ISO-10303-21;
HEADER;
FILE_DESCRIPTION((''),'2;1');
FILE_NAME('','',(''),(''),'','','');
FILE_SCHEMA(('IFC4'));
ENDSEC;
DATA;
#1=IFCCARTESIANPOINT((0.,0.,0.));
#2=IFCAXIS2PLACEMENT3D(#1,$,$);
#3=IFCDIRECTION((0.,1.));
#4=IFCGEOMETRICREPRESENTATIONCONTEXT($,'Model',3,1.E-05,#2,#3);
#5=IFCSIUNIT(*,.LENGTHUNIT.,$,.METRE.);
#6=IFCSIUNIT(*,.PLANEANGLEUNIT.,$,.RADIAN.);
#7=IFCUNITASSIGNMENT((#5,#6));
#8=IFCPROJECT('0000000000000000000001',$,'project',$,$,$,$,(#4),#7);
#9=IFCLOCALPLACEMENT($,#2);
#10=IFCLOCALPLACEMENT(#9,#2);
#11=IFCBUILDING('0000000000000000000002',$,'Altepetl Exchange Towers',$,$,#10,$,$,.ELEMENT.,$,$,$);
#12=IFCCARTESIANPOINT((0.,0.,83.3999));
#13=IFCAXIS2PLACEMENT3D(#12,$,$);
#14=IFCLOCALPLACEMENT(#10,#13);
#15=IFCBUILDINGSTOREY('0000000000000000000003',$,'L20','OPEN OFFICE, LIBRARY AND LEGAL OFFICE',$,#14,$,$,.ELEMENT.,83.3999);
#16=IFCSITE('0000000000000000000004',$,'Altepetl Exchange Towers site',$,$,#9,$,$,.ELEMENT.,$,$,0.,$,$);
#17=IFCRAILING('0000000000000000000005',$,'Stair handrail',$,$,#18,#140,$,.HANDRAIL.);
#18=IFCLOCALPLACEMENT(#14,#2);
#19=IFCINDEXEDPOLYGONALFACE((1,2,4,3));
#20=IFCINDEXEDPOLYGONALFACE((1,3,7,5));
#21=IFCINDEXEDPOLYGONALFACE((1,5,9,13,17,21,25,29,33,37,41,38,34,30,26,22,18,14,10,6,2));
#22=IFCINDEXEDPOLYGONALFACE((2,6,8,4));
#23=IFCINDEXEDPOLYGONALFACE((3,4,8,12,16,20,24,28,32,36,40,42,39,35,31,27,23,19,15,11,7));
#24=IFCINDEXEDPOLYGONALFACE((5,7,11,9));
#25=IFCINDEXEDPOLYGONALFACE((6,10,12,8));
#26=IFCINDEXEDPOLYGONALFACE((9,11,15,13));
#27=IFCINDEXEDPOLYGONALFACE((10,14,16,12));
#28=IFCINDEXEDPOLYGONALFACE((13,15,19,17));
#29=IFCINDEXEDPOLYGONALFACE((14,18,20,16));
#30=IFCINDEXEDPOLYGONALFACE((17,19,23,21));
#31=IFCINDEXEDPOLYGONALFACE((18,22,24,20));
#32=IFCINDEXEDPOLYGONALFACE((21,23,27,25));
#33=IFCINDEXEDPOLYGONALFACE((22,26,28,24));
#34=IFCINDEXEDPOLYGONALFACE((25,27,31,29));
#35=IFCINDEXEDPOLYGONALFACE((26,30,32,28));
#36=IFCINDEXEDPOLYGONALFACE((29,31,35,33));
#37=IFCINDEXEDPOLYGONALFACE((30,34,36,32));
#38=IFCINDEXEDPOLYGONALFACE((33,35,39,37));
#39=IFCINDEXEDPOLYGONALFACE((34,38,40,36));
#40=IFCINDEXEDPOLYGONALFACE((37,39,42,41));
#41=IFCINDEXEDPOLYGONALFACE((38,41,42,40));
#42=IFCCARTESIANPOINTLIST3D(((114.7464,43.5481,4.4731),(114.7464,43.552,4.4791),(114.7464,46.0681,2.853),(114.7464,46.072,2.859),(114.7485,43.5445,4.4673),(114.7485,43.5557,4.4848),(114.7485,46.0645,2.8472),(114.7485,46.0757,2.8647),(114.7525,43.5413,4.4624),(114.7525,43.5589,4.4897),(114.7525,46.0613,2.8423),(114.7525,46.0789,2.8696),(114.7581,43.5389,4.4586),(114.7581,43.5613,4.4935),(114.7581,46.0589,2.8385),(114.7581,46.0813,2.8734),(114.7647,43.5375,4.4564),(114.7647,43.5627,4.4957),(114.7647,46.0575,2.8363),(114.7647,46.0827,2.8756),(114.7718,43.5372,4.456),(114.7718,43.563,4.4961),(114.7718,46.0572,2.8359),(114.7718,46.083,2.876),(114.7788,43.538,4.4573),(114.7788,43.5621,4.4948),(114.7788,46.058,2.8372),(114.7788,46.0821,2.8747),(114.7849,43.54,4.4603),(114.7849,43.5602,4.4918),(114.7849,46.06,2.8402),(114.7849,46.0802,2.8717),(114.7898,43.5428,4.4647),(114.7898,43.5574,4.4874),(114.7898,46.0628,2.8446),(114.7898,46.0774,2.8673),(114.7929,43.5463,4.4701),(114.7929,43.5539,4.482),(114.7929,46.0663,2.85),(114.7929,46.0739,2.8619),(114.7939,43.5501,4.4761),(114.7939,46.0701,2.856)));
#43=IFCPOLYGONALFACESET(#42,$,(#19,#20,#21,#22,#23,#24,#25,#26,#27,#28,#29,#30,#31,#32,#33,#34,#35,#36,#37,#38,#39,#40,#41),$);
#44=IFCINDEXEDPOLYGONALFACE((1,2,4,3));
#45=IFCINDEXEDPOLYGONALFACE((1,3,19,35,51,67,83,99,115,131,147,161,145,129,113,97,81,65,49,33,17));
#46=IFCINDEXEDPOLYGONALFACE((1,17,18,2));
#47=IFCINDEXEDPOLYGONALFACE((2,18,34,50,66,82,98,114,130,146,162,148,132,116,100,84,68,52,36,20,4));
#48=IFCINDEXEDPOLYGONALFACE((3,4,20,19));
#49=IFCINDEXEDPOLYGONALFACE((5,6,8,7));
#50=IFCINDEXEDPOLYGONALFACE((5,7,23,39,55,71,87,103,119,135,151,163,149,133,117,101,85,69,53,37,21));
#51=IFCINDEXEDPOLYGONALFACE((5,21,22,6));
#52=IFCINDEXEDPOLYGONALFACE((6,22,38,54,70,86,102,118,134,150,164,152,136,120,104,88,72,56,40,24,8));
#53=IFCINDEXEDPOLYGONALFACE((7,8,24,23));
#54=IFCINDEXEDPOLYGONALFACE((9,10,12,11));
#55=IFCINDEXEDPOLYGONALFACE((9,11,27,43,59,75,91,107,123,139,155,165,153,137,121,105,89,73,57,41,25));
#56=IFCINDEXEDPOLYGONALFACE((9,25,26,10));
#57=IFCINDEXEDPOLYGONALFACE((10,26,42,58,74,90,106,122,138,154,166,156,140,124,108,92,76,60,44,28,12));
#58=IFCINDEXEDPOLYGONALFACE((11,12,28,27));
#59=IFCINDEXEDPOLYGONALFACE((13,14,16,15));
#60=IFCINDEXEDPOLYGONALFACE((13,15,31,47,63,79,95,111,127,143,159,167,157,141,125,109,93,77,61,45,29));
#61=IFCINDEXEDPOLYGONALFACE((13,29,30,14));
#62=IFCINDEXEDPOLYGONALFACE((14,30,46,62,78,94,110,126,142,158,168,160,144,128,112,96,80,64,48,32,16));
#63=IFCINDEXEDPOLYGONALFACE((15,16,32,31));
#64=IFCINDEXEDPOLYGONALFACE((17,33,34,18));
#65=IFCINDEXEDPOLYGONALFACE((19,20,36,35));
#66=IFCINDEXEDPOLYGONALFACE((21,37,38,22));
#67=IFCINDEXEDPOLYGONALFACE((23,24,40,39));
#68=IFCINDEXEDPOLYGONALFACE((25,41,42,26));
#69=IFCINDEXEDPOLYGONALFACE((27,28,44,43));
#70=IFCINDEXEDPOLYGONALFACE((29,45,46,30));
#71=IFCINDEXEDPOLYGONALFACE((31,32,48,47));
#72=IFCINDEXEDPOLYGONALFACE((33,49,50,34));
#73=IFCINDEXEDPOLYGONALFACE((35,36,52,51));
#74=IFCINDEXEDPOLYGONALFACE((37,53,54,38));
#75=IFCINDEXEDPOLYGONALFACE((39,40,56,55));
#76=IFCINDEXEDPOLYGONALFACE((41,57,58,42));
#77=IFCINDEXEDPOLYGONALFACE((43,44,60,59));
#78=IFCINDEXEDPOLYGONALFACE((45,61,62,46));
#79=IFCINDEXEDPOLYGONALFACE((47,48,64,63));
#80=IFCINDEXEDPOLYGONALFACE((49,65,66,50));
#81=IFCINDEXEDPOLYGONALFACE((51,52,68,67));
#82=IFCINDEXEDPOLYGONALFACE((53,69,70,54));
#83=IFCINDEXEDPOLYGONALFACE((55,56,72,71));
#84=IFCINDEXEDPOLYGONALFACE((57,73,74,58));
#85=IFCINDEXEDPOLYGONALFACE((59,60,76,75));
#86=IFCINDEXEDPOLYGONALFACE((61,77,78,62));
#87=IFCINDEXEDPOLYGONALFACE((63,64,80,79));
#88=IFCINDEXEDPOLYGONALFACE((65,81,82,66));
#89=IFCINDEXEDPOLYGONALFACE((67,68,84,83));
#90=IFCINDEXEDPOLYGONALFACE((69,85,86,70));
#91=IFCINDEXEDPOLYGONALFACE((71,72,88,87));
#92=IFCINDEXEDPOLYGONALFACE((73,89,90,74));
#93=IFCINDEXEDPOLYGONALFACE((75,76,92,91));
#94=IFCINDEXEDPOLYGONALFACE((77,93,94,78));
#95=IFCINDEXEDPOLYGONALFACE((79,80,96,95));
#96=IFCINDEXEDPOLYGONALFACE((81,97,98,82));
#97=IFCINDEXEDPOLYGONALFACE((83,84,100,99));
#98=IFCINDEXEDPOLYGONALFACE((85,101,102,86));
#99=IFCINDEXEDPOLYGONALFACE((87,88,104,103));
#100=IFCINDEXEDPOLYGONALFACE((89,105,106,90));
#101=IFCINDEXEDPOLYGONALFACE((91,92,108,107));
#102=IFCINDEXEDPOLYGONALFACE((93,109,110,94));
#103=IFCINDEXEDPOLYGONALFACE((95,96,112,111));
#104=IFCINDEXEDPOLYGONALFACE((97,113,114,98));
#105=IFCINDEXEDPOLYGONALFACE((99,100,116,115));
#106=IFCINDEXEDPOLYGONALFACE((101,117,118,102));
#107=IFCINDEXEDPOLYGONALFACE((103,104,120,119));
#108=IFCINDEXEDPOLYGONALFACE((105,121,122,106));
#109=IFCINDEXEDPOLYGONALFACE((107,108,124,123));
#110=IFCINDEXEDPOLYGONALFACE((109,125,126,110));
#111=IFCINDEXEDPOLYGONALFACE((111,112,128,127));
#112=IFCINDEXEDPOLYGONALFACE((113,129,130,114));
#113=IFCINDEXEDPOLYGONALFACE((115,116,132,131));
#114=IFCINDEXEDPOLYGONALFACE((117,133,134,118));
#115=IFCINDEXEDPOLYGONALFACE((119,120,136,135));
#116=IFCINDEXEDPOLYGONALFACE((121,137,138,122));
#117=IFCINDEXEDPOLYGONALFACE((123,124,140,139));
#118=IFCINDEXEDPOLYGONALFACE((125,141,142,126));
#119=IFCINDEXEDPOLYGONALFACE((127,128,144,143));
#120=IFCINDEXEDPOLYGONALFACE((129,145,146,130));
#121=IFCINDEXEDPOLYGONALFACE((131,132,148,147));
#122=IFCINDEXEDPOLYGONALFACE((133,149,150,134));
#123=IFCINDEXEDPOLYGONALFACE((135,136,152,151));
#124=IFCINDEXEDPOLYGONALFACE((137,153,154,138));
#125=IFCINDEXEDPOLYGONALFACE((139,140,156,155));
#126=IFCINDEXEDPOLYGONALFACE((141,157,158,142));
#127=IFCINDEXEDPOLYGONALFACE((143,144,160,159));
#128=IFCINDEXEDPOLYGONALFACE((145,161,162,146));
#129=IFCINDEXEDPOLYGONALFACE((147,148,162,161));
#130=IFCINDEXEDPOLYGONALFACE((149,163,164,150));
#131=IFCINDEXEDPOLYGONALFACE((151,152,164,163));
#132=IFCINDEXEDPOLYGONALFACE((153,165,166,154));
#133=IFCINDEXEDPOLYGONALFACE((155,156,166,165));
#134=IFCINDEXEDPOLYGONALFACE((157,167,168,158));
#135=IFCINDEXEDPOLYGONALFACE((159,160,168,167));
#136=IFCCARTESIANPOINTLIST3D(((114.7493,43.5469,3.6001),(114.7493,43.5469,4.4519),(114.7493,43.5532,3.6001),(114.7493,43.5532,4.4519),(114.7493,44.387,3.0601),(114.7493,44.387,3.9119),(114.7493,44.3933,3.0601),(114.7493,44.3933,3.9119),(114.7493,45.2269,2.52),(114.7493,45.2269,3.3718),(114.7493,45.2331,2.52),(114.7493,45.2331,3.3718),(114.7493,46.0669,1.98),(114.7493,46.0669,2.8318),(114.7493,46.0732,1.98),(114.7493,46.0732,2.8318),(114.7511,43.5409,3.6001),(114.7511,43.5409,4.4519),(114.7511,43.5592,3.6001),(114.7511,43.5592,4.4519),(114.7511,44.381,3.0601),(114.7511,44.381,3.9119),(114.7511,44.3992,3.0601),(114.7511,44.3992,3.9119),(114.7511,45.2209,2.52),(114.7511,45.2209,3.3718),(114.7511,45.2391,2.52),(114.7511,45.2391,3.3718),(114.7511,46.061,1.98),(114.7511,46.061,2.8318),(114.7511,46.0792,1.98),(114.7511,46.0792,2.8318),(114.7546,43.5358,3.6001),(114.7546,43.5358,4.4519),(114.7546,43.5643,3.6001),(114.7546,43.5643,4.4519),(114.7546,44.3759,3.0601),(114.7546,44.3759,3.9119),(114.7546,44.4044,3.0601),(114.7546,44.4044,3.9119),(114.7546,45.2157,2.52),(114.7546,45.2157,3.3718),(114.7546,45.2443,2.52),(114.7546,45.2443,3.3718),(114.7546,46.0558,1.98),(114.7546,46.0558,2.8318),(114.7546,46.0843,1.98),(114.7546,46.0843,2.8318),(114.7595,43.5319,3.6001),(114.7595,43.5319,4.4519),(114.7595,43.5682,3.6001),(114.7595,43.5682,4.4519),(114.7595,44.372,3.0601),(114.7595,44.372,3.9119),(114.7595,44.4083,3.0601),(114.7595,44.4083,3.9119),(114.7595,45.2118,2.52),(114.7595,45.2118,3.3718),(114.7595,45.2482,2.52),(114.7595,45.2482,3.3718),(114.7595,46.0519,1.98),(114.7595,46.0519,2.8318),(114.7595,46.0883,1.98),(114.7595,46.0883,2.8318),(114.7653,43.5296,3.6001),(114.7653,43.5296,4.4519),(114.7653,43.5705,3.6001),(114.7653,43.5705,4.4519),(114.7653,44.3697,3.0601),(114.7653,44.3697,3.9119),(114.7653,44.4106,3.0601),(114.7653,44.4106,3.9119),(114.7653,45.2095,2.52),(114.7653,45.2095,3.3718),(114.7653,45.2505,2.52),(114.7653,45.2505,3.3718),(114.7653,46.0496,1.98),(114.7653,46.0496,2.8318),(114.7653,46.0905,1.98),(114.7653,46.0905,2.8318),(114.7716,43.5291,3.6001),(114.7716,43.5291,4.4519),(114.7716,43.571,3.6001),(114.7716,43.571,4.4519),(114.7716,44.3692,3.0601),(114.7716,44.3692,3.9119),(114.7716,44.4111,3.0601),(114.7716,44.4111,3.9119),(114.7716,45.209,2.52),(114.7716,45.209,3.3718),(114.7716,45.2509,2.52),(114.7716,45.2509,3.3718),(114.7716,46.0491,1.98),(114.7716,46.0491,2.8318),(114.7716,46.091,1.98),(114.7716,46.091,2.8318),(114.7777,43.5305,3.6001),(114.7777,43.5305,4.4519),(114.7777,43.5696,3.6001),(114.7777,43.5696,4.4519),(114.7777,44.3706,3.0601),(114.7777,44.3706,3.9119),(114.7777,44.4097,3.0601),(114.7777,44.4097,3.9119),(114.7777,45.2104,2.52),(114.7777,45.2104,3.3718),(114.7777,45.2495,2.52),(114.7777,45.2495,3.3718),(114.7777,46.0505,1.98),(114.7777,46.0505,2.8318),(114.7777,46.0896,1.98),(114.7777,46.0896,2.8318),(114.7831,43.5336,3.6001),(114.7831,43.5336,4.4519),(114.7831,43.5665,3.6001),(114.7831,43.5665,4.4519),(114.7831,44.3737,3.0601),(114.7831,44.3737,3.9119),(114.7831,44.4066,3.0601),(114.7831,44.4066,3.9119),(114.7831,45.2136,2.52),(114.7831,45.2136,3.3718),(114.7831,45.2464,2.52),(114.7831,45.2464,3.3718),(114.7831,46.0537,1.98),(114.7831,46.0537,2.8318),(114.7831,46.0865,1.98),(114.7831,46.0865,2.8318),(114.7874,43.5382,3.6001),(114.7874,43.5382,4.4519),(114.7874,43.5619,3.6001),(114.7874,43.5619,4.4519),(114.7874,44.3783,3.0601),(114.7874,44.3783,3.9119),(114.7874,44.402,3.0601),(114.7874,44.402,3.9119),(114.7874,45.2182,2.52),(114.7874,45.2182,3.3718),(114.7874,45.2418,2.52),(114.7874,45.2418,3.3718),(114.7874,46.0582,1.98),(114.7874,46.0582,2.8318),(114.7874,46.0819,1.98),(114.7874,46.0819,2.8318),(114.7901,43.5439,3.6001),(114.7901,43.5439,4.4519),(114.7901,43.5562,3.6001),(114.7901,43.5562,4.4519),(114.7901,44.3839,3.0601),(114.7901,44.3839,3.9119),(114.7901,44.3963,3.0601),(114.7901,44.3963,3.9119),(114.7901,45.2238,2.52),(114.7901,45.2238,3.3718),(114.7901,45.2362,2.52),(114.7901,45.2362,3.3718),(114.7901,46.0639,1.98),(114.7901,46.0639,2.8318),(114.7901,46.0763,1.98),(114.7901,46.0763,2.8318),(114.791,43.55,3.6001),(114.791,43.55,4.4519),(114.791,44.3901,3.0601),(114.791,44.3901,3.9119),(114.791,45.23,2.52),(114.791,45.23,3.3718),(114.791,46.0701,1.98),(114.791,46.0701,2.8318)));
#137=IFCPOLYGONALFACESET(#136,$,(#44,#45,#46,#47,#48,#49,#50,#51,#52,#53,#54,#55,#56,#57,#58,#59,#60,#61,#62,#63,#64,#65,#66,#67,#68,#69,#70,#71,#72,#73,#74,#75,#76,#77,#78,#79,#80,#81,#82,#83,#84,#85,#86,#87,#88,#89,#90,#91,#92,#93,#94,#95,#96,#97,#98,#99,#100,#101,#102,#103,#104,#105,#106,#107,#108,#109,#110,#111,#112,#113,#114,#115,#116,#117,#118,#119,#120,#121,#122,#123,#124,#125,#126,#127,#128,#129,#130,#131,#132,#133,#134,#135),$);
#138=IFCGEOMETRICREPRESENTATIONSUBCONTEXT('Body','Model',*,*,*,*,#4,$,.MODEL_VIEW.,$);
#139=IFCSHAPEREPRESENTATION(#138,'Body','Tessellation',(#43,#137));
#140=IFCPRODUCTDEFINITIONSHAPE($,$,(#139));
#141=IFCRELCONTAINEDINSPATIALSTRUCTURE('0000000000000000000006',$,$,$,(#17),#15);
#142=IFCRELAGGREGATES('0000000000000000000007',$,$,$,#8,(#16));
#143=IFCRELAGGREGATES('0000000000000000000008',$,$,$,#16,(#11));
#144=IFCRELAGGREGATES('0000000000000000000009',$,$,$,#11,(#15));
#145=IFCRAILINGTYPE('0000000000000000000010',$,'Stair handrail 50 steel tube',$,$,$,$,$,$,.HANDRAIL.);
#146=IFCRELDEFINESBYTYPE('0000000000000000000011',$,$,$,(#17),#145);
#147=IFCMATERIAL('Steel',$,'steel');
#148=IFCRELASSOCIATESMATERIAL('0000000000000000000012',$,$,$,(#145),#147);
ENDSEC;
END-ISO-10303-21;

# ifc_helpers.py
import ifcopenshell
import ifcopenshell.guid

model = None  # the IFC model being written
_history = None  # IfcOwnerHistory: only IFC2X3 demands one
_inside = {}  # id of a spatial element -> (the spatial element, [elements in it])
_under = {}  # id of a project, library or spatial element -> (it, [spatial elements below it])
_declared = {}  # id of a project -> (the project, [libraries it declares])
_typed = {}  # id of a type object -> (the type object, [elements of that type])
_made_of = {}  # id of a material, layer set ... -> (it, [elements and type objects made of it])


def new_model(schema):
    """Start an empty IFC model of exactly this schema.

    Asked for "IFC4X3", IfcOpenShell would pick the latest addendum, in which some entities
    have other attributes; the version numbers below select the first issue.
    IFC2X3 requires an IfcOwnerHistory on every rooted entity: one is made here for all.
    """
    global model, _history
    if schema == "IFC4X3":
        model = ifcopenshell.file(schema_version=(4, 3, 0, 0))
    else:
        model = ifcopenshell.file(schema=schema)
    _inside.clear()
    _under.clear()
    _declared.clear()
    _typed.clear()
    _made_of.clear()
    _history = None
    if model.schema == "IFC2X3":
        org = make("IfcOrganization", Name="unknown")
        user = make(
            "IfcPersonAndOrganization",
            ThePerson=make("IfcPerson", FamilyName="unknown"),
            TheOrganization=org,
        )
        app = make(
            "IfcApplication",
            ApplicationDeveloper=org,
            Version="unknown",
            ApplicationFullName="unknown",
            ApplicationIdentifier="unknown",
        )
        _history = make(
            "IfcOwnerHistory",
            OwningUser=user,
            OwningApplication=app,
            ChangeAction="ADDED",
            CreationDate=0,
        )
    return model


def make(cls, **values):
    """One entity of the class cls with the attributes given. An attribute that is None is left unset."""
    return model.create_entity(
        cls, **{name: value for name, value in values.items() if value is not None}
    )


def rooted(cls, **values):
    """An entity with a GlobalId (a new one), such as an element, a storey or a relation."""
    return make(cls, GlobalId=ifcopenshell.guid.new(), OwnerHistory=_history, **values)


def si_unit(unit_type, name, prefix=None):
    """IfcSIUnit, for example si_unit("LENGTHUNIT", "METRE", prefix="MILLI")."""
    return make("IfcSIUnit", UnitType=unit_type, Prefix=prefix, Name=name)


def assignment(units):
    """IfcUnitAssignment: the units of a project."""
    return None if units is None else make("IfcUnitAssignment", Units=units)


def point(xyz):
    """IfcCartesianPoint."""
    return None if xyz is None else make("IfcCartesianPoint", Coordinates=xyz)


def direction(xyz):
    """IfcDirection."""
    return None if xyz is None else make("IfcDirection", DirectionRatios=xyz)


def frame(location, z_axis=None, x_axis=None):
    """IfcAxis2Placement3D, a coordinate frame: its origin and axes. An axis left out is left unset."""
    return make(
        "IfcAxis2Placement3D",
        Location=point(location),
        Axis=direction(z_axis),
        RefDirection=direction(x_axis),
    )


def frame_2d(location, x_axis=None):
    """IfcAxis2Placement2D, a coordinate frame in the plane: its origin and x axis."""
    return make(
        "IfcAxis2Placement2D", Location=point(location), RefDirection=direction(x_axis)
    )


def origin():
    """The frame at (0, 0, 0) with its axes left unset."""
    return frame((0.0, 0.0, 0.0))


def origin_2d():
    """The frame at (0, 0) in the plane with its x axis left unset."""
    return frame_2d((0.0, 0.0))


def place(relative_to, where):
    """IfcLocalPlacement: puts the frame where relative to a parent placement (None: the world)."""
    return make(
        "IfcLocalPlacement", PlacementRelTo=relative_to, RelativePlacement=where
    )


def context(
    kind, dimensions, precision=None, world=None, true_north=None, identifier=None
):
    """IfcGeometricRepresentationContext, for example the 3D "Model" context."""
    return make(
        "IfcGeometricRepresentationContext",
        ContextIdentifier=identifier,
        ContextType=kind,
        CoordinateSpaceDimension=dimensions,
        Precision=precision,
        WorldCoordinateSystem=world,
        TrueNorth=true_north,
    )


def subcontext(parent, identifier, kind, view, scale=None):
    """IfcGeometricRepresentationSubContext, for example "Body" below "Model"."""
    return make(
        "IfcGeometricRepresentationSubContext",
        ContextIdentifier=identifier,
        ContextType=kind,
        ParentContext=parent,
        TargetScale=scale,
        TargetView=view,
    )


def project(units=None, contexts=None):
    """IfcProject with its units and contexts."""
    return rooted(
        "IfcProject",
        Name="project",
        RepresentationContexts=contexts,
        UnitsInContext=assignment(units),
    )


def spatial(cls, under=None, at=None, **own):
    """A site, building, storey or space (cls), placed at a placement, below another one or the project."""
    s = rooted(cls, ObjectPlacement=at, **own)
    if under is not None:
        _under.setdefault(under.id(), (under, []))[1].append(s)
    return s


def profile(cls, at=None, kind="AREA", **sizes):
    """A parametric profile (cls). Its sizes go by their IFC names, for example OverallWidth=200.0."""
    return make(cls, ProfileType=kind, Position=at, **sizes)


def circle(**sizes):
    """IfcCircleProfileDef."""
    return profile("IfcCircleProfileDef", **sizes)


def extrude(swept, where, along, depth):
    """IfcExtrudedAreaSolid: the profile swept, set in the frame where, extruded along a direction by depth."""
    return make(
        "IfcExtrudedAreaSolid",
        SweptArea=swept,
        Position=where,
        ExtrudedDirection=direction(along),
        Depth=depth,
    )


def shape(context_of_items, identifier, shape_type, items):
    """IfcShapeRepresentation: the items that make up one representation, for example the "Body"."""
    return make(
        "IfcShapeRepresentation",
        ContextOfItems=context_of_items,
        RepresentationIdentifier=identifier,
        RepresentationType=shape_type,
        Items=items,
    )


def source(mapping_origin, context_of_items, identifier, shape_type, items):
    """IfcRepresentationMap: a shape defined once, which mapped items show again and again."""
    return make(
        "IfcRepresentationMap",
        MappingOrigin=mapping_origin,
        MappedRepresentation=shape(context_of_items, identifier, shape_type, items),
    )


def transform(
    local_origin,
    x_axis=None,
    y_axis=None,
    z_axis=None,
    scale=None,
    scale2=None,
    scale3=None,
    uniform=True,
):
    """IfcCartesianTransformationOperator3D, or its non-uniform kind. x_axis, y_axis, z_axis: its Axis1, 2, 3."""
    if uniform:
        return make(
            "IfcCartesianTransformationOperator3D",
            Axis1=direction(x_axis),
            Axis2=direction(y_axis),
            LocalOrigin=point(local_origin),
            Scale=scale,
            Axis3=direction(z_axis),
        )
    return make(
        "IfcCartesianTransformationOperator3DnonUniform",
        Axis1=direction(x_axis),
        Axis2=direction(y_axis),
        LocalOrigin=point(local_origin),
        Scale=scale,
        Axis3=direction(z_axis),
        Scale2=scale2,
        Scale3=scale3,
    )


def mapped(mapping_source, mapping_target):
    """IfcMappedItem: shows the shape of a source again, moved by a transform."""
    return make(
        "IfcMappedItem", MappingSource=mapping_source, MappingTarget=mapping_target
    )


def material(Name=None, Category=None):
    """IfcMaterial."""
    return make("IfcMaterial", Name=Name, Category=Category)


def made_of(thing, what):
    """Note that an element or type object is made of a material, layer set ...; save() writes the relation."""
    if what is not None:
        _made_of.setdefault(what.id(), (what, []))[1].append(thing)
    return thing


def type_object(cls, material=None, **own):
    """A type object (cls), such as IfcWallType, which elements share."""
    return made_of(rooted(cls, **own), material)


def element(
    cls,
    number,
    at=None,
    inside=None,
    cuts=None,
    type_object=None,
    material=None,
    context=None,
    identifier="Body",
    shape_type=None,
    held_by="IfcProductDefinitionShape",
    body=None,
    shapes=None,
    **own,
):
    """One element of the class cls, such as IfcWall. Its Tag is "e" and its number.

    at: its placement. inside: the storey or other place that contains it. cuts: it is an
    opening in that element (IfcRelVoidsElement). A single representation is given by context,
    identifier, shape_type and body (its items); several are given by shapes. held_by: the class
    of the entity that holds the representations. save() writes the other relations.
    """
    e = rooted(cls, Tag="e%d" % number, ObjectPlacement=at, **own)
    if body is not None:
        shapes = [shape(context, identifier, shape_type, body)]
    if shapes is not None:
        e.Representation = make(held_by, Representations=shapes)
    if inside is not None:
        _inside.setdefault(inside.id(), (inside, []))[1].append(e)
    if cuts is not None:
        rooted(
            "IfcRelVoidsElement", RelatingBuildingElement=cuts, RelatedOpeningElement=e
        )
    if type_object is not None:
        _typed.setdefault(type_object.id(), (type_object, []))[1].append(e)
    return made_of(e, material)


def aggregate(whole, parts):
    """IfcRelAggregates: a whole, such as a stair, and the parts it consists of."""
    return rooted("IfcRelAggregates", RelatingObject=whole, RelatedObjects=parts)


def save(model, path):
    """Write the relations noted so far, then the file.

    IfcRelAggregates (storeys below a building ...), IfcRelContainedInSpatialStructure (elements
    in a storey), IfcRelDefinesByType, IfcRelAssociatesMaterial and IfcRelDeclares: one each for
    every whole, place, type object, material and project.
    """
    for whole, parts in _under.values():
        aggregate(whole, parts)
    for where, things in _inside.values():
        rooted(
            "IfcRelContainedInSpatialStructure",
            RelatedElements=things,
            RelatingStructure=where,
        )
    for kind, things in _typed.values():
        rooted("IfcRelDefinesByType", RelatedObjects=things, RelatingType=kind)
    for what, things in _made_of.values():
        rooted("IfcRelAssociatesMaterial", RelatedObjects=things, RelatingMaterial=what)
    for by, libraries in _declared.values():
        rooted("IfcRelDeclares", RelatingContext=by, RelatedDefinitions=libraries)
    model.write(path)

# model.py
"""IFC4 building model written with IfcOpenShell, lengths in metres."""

from ifc_helpers import new_model, si_unit, direction, frame, origin, origin_2d, place, context, subcontext, project, spatial, circle, extrude, source, transform, mapped, material, type_object, element, save


model = new_model("IFC4")

# Units and contexts
model_context = context("Model", 3, precision=1e-05, world=origin(), true_north=direction((0.0, 1.0)))
body_context = subcontext(model_context, "Body", "Model", "MODEL_VIEW")
ifc_project = project(units=[si_unit("LENGTHUNIT", "METRE"), si_unit("PLANEANGLEUNIT", "RADIAN")], contexts=[model_context])

# Site, building, storey
site_placement = place(None, origin())
site = spatial("IfcSite", under=ifc_project, at=site_placement, Name="Altepetl Exchange Towers site", CompositionType="ELEMENT", RefElevation=0.0)
building_placement = place(site_placement, origin())
building = spatial("IfcBuilding", under=site, at=building_placement, Name="Altepetl Exchange Towers", CompositionType="ELEMENT")
storey_placement = place(building_placement, frame((0.0, 0.0, 83.3999)))
storey = spatial("IfcBuildingStorey", under=building, at=storey_placement, Name="L20", Description="OPEN OFFICE, LIBRARY AND LEGAL OFFICE", CompositionType="ELEMENT", Elevation=83.3999)

# Railing
ifc_material_1 = material(Name="Steel", Category="steel")
railing_type = type_object("IfcRailingType", Name="Stair handrail 50 steel tube", PredefinedType="HANDRAIL", material=ifc_material_1)
shared_shape = source(origin(), body_context, "Body", "SweptSolid", [
    extrude(circle(Radius=0.021, at=origin_2d()), origin(), (0.0, 0.0, 1.0), 0.8518),
])
railing_1_placement = place(storey_placement, frame((114.77, 46.0701, 1.98)))
element("IfcRailing", 1, at=railing_1_placement, inside=storey, type_object=railing_type, Name="Stair handrail", PredefinedType="HANDRAIL", context=body_context, shape_type="SweptSolid", body=[
    extrude(circle(Radius=0.0239, at=origin_2d()), frame((0.0, 0.0, 0.876), z_axis=(0.0, -0.841163, 0.540782), x_axis=(1.0, 0.0, 0.0)), (0.0, 0.0, 1.0), 2.9958),
    mapped(shared_shape, transform((0.0, 0.0, 0.0))),
    mapped(shared_shape, transform((0.0, -0.8401, 0.54))),
    mapped(shared_shape, transform((0.0, -1.6799, 1.0801))),
    mapped(shared_shape, transform((0.0, -2.52, 1.6201))),
])

save(model, "model.ifc")
